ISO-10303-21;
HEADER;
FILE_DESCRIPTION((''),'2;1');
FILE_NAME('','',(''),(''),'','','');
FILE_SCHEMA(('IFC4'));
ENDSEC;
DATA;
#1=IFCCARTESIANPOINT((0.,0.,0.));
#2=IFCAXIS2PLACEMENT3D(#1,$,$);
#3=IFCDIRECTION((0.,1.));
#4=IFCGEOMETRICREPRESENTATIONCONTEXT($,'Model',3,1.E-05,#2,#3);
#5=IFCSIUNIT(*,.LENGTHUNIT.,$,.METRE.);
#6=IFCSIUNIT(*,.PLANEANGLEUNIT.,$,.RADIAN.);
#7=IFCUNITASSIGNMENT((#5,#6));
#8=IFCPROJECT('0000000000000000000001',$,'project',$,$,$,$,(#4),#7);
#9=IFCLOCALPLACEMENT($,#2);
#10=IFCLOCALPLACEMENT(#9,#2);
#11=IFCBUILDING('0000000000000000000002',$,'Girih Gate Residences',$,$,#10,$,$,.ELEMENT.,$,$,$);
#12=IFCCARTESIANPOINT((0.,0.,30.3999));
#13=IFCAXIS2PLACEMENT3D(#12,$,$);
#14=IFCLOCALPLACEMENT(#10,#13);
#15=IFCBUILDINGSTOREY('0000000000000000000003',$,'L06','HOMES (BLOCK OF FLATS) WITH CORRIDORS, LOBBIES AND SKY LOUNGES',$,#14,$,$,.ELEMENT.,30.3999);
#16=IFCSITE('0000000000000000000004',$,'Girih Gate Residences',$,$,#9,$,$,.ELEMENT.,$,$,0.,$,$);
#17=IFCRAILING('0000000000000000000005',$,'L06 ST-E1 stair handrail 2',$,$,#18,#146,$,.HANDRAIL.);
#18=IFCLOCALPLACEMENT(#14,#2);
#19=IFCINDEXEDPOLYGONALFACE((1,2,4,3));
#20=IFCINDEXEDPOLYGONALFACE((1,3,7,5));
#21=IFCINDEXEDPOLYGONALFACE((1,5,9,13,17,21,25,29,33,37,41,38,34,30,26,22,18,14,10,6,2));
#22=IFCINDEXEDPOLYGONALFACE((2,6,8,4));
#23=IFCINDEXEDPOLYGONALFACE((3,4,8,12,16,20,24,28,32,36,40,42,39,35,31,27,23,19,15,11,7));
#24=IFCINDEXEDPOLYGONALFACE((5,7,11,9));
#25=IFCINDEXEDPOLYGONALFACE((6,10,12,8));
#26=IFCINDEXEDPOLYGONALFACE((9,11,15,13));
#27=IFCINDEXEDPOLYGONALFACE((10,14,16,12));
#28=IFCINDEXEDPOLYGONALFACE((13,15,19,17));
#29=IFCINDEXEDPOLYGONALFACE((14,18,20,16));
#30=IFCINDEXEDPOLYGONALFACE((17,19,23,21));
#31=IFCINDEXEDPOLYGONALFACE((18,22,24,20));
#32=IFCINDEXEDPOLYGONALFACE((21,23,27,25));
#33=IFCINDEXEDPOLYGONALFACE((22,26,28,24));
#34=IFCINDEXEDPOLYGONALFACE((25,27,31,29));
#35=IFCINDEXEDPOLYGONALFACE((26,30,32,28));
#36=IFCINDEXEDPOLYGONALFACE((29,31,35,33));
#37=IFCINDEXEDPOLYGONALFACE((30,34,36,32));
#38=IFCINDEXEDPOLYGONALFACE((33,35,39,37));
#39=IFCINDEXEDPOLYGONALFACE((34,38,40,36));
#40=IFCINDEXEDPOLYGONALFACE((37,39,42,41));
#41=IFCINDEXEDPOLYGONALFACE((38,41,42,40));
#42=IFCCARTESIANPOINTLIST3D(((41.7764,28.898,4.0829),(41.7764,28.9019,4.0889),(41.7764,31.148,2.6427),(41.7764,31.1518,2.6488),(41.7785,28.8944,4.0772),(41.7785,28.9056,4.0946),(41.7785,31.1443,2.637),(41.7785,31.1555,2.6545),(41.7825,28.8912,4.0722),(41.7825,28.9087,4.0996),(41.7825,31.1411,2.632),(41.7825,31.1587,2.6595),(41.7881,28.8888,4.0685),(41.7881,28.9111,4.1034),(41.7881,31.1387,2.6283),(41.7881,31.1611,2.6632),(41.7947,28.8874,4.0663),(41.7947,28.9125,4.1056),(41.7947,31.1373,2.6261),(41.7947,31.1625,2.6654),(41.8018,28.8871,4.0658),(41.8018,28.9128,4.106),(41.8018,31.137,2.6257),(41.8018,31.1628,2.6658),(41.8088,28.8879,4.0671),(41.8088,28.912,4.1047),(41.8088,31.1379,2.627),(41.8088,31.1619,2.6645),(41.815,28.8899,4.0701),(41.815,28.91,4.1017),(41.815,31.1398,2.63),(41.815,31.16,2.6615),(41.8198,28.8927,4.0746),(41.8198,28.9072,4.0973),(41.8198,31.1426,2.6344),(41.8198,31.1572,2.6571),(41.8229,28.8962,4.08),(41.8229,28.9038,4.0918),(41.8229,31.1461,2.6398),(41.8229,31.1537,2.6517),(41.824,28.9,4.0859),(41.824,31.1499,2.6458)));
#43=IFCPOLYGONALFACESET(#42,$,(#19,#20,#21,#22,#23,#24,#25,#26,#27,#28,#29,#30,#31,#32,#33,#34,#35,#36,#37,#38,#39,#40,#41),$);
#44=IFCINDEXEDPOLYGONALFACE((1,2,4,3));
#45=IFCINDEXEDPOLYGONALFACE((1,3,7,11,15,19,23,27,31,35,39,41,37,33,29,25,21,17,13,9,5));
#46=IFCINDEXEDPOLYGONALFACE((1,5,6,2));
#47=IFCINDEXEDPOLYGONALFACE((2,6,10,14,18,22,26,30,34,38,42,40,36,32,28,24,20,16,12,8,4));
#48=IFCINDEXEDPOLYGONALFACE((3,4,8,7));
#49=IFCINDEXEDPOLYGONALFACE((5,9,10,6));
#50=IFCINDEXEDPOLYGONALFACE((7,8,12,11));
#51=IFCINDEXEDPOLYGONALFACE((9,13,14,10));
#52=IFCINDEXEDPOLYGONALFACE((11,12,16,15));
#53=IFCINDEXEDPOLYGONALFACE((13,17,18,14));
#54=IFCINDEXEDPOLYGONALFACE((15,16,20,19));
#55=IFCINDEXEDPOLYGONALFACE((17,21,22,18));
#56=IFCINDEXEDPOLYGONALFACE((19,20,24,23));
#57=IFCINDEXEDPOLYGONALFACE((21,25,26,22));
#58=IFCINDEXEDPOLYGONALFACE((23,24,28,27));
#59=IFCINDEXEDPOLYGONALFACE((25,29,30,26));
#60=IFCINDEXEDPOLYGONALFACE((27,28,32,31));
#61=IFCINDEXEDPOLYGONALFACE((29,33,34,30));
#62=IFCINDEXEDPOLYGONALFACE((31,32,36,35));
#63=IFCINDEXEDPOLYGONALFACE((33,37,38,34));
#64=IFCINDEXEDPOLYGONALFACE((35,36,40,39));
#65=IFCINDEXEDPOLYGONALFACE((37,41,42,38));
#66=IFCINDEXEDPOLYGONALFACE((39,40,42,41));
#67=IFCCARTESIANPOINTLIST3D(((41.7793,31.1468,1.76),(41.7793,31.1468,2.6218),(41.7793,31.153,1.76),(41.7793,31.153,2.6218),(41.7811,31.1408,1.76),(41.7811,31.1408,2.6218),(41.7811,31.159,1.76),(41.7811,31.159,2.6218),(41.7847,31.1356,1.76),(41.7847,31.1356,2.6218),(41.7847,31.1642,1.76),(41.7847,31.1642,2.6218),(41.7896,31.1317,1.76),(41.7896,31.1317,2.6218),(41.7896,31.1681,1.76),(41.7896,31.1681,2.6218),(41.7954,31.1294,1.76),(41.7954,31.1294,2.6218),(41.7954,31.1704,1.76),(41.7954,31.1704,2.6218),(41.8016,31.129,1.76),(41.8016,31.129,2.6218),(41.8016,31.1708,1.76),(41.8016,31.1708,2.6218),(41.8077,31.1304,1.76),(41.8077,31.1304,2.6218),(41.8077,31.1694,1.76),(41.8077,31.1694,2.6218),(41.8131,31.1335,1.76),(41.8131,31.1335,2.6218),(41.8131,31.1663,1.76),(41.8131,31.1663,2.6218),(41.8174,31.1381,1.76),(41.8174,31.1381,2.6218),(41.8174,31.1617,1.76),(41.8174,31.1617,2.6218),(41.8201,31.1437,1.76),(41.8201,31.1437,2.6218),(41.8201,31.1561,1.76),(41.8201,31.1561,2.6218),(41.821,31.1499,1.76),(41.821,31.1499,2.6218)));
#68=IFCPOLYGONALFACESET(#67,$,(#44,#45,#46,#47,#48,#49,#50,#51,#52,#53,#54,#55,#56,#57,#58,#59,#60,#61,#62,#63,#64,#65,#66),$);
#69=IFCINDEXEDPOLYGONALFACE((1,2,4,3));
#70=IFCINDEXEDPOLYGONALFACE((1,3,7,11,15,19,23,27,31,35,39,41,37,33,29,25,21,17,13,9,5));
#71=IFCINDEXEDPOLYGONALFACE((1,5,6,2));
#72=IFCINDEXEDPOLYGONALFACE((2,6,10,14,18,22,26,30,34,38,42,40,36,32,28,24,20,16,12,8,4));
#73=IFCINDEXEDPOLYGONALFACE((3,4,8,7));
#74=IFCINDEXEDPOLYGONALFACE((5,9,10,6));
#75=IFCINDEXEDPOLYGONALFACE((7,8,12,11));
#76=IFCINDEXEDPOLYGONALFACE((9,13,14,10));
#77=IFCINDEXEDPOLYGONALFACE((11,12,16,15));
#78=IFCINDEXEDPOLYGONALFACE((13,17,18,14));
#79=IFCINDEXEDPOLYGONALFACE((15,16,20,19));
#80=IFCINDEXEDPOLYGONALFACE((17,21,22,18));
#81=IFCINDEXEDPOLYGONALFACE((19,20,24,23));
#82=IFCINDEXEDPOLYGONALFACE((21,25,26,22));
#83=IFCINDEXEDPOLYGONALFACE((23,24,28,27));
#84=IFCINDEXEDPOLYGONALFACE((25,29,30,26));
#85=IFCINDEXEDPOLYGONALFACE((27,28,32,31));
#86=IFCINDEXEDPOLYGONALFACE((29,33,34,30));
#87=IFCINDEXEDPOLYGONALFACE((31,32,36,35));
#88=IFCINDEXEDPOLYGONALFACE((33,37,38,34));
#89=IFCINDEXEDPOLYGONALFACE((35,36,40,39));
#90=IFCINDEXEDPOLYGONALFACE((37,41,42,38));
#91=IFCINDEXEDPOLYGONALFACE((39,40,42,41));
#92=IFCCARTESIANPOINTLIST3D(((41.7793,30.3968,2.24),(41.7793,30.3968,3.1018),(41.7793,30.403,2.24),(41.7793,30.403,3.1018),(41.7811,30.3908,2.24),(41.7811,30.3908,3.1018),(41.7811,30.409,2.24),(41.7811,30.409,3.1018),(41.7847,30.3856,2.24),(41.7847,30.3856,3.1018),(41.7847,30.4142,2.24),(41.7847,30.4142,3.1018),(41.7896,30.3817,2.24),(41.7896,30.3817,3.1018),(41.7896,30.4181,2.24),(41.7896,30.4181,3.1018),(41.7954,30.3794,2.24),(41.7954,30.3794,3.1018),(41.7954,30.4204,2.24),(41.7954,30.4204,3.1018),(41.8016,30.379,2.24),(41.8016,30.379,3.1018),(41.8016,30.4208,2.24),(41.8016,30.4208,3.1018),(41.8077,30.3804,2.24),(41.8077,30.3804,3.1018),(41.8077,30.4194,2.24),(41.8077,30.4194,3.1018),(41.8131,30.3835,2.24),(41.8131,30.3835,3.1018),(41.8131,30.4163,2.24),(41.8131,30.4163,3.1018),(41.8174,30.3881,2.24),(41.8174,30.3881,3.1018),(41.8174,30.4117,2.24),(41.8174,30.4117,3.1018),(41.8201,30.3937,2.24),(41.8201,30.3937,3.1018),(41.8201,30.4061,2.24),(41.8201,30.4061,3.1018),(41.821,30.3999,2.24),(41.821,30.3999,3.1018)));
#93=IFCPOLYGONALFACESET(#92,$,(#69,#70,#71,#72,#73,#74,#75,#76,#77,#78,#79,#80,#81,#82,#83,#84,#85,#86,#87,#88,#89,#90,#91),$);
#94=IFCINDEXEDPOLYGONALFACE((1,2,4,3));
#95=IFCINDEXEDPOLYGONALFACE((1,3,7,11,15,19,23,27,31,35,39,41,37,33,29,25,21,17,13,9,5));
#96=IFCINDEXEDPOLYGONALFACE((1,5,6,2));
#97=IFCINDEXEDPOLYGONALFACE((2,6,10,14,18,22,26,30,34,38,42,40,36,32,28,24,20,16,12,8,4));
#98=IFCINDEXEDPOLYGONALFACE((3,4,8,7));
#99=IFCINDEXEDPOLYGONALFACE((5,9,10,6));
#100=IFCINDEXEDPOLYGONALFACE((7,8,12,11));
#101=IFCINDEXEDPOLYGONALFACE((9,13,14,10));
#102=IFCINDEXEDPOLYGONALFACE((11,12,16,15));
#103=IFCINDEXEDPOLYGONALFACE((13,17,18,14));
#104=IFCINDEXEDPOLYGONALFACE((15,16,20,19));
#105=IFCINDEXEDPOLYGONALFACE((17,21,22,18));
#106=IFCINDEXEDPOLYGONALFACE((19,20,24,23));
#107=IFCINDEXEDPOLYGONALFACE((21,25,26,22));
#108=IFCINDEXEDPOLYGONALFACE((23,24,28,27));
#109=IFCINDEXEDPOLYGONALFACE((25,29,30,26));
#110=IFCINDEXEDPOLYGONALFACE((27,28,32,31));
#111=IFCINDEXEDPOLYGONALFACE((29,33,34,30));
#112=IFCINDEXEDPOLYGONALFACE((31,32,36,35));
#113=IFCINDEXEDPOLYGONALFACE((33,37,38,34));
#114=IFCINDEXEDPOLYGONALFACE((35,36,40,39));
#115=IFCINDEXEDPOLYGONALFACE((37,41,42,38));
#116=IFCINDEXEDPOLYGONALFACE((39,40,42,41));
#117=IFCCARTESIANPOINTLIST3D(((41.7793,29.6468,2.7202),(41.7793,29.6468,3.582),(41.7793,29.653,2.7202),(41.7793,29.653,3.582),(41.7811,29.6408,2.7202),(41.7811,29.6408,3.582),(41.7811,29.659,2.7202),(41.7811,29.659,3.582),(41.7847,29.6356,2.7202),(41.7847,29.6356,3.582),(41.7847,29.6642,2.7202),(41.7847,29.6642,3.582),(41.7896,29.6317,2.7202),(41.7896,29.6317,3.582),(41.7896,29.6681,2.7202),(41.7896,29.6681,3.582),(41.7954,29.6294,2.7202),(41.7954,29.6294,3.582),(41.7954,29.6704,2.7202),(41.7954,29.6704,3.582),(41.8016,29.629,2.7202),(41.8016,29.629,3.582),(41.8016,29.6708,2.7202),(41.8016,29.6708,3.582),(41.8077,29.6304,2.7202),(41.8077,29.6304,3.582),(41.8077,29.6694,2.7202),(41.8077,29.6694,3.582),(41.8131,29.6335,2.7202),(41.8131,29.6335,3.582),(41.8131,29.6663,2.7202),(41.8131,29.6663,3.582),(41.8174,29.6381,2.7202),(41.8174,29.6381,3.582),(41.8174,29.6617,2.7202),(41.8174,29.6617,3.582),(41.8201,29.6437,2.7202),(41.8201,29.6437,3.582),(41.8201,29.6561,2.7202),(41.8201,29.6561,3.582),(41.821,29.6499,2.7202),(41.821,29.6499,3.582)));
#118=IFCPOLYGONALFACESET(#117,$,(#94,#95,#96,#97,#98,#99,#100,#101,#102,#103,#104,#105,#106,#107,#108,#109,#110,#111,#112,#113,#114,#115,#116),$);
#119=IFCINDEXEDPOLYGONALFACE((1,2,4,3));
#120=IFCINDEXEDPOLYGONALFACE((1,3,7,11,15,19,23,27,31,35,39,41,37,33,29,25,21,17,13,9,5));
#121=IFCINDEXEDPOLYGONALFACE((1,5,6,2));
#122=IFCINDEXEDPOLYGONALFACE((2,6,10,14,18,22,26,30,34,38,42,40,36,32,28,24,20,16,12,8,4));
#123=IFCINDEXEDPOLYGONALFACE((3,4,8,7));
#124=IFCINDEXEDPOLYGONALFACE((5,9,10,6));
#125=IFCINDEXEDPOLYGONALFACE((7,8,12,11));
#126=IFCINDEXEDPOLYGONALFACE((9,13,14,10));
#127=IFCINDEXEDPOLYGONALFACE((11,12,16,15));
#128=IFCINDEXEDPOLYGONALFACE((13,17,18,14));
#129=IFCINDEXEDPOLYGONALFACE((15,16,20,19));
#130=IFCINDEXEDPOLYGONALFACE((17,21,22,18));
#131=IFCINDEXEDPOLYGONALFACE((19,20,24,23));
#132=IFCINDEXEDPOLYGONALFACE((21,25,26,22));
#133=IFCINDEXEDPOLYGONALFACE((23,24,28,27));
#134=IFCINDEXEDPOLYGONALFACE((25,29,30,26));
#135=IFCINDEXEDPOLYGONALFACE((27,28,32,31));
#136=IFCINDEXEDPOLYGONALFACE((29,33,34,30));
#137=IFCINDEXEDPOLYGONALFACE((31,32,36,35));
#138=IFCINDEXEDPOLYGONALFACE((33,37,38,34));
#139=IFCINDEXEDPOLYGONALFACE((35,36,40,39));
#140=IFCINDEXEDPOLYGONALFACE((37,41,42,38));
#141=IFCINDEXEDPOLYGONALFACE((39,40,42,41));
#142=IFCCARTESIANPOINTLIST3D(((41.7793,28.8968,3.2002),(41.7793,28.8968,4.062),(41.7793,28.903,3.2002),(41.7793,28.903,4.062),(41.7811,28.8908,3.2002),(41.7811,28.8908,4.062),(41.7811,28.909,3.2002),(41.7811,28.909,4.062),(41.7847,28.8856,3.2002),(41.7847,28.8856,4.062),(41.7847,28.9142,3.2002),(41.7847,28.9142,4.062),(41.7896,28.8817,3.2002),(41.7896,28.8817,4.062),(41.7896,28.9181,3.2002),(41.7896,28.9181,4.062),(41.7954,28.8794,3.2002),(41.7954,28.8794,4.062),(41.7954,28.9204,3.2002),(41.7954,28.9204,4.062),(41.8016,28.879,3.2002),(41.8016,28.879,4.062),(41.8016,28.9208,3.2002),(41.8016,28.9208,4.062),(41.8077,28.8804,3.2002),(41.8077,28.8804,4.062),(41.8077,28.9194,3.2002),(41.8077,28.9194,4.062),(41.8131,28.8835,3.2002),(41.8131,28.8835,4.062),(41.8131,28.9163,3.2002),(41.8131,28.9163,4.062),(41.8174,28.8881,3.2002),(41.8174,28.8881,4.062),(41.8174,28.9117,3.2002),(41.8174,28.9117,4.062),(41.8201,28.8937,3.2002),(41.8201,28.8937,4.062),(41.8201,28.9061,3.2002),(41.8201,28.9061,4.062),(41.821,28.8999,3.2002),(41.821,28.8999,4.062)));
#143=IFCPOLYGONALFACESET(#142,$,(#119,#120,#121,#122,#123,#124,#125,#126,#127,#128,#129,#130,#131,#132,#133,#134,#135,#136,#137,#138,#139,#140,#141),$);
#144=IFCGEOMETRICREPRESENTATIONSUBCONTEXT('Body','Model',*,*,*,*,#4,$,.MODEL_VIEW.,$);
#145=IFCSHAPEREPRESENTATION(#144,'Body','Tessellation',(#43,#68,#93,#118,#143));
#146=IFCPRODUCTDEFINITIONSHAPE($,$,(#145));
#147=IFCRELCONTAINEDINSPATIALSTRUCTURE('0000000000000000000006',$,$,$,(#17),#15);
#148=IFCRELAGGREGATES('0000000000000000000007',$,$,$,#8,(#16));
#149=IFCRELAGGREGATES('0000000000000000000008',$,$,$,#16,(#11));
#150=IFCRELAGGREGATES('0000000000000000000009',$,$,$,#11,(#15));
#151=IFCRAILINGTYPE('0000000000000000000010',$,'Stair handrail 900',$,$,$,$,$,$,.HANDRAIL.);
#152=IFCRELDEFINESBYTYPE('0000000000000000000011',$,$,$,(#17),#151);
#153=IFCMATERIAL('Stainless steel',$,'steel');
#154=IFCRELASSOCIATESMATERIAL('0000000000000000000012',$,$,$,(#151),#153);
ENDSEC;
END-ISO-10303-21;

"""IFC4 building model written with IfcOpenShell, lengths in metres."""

from ifc_helpers import new_model, si_unit, direction, frame, origin, origin_2d, place, context, subcontext, project, spatial, circle, extrude, material, type_object, element, save


model = new_model("IFC4")

# Units and contexts
model_context = context("Model", 3, precision=1e-05, world=origin(), true_north=direction((0.0, 1.0)))
body_context = subcontext(model_context, "Body", "Model", "MODEL_VIEW")
ifc_project = project(units=[si_unit("LENGTHUNIT", "METRE"), si_unit("PLANEANGLEUNIT", "RADIAN")], contexts=[model_context])

# Site, building, storey
site_placement = place(None, origin())
site = spatial("IfcSite", under=ifc_project, at=site_placement, Name="Girih Gate Residences", CompositionType="ELEMENT", RefElevation=0.0)
building_placement = place(site_placement, origin())
building = spatial("IfcBuilding", under=site, at=building_placement, Name="Girih Gate Residences", CompositionType="ELEMENT")
storey_placement = place(building_placement, frame((0.0, 0.0, 30.3999)))
storey = spatial("IfcBuildingStorey", under=building, at=storey_placement, Name="L06", Description="HOMES (BLOCK OF FLATS) WITH CORRIDORS, LOBBIES AND SKY LOUNGES", CompositionType="ELEMENT", Elevation=30.3999)

# Railing
ifc_material_1 = material(Name="Stainless steel", Category="steel")
railing_type_1 = type_object("IfcRailingType", Name="Stair handrail 900", PredefinedType="HANDRAIL", material=ifc_material_1)
railing_1_placement = place(storey_placement, frame((41.8, 31.1499, 1.76)))
element("IfcRailing", 1, at=railing_1_placement, inside=storey, type_object=railing_type_1, Name="L06 ST-E1 stair handrail 2", PredefinedType="HANDRAIL", context=body_context, shape_type="SweptSolid", body=[
    extrude(circle(Radius=0.0239, at=origin_2d()), frame((0.0, 0.0, 0.8857), z_axis=(0.0, -0.84224, 0.539103), x_axis=(1.0, 0.0, 0.0)), (0.0, 0.0, 1.0), 2.6714),
    extrude(circle(Radius=0.021, at=origin_2d()), origin(), (0.0, 0.0, 1.0), 0.8618),
    extrude(circle(Radius=0.021, at=origin_2d()), frame((0.0, -0.75, 0.48)), (0.0, 0.0, 1.0), 0.8618),
    extrude(circle(Radius=0.021, at=origin_2d()), frame((0.0, -1.5, 0.9602)), (0.0, 0.0, 1.0), 0.8618),
    extrude(circle(Radius=0.021, at=origin_2d()), frame((0.0, -2.25, 1.4402)), (0.0, 0.0, 1.0), 0.8618),
])

save(model, "model.ifc")
